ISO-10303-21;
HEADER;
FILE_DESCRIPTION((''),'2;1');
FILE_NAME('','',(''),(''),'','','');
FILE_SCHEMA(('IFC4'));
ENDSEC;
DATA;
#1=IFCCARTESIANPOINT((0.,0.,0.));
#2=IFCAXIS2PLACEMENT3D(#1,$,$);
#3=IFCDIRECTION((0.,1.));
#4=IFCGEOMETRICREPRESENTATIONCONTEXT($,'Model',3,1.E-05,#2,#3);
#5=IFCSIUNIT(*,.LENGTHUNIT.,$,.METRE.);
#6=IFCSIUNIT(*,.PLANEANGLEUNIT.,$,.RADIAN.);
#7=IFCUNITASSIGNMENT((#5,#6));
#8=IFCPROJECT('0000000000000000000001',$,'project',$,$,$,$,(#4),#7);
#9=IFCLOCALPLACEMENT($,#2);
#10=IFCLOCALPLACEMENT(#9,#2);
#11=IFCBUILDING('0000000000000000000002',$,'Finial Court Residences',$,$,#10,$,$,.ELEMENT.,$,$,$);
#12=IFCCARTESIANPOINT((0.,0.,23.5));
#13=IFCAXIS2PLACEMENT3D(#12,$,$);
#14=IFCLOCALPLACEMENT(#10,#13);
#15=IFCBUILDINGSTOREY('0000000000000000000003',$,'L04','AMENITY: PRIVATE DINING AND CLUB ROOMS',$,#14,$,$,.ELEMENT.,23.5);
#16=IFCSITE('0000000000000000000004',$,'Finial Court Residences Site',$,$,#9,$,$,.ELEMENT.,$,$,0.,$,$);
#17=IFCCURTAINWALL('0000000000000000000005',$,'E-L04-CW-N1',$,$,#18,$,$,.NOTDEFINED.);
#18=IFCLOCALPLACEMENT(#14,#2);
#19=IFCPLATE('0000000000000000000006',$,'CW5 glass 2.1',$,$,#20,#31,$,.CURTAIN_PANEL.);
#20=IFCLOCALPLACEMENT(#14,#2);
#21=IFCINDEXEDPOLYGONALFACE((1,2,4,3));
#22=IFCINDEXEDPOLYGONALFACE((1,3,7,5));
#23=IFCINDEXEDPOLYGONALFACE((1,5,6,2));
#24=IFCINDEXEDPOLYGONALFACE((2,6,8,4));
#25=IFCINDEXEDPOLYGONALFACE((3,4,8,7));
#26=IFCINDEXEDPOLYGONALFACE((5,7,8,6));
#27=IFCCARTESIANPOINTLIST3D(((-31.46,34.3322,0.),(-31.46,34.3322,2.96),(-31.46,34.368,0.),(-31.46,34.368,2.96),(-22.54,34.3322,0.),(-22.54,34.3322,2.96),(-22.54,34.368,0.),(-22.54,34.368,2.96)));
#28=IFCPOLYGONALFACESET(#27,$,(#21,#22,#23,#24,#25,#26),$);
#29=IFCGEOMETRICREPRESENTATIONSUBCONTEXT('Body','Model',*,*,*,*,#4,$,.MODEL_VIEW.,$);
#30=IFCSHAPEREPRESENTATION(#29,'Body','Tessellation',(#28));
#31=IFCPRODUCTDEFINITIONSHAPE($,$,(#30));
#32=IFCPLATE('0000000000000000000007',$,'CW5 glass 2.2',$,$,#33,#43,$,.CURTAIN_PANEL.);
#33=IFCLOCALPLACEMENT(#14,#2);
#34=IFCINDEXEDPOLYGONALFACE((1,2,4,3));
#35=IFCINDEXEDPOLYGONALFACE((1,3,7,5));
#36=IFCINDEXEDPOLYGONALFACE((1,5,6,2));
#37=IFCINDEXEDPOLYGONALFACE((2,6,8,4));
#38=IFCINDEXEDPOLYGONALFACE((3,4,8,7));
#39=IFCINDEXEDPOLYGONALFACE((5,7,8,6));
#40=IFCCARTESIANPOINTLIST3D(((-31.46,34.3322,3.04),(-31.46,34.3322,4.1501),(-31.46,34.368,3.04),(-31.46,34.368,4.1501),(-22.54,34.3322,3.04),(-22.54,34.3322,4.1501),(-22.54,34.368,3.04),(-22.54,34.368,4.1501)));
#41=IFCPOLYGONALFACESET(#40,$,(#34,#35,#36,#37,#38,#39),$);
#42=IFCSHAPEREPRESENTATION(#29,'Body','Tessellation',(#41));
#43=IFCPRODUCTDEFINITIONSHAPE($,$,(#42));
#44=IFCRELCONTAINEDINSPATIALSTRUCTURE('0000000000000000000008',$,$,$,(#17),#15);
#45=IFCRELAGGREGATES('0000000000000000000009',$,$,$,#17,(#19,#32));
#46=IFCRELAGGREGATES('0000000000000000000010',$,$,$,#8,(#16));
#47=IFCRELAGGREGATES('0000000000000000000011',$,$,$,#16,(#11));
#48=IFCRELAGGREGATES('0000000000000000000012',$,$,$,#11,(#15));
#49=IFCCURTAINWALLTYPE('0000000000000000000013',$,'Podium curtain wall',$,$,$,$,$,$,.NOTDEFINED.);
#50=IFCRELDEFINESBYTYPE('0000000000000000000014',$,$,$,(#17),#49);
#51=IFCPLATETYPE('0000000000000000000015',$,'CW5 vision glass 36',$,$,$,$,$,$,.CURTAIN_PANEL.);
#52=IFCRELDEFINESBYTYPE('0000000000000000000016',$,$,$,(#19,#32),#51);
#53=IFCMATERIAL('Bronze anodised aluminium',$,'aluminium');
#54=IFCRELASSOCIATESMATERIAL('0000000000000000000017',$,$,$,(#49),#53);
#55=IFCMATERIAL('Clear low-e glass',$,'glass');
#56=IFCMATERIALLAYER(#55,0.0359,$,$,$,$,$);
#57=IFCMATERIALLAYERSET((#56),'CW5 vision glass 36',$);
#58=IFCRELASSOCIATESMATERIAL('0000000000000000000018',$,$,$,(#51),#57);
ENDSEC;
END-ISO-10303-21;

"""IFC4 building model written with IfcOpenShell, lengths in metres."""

from ifc_helpers import new_model, si_unit, direction, frame, origin, origin_2d, place, context, subcontext, project, spatial, rectangle, extrude, material, layer, layer_set, type_object, element, aggregate, save


model = new_model("IFC4")

# Units and contexts
model_context = context("Model", 3, precision=1e-05, world=origin(), true_north=direction((0.0, 1.0)))
body_context = subcontext(model_context, "Body", "Model", "MODEL_VIEW")
ifc_project = project(units=[si_unit("LENGTHUNIT", "METRE"), si_unit("PLANEANGLEUNIT", "RADIAN")], contexts=[model_context])

# Site, building, storey
site_placement = place(None, origin())
site = spatial("IfcSite", under=ifc_project, at=site_placement, Name="Finial Court Residences Site", CompositionType="ELEMENT", RefElevation=0.0)
building_placement = place(site_placement, origin())
building = spatial("IfcBuilding", under=site, at=building_placement, Name="Finial Court Residences", CompositionType="ELEMENT")
storey_placement = place(building_placement, frame((0.0, 0.0, 23.5)))
storey = spatial("IfcBuildingStorey", under=building, at=storey_placement, Name="L04", Description="AMENITY: PRIVATE DINING AND CLUB ROOMS", CompositionType="ELEMENT", Elevation=23.5)

# Curtain wall, plates
ifc_material_1 = material(Name="Bronze anodised aluminium", Category="aluminium")
curtain_wall_type = type_object("IfcCurtainWallType", Name="Podium curtain wall", PredefinedType="NOTDEFINED", material=ifc_material_1)
curtain_wall_placement = place(storey_placement, origin())
curtain_wall = element("IfcCurtainWall", 1, at=curtain_wall_placement, inside=storey, type_object=curtain_wall_type, Name="E-L04-CW-N1", PredefinedType="NOTDEFINED")
ifc_material_2 = material(Name="Clear low-e glass", Category="glass")
ifc_layer_1 = layer(ifc_material_2, 0.0359)
ifc_layer_set_1 = layer_set([ifc_layer_1], Name="CW5 vision glass 36")
plate_type = type_object("IfcPlateType", Name="CW5 vision glass 36", PredefinedType="CURTAIN_PANEL", material=ifc_layer_set_1)
plate_1_placement = place(storey_placement, frame((-27.0, 34.3501, 0.0), z_axis=(0.0, 0.0, 1.0), x_axis=(1.0, 0.0, 0.0)))
plate_1 = element("IfcPlate", 2, at=plate_1_placement, type_object=plate_type, Name="CW5 glass 2.1", PredefinedType="CURTAIN_PANEL", context=body_context, shape_type="SweptSolid", body=[
    extrude(rectangle(XDim=8.9199, YDim=0.0359, at=origin_2d()), origin(), (0.0, 0.0, 1.0), 2.96),
])
plate_2_placement = place(storey_placement, frame((-27.0, 34.3501, 3.04), z_axis=(0.0, 0.0, 1.0), x_axis=(1.0, 0.0, 0.0)))
plate_2 = element("IfcPlate", 3, at=plate_2_placement, type_object=plate_type, Name="CW5 glass 2.2", PredefinedType="CURTAIN_PANEL", context=body_context, shape_type="SweptSolid", body=[
    extrude(rectangle(XDim=8.9199, YDim=0.0359, at=origin_2d()), origin(), (0.0, 0.0, 1.0), 1.1101),
])
aggregate(curtain_wall, [plate_1, plate_2])

save(model, "model.ifc")
